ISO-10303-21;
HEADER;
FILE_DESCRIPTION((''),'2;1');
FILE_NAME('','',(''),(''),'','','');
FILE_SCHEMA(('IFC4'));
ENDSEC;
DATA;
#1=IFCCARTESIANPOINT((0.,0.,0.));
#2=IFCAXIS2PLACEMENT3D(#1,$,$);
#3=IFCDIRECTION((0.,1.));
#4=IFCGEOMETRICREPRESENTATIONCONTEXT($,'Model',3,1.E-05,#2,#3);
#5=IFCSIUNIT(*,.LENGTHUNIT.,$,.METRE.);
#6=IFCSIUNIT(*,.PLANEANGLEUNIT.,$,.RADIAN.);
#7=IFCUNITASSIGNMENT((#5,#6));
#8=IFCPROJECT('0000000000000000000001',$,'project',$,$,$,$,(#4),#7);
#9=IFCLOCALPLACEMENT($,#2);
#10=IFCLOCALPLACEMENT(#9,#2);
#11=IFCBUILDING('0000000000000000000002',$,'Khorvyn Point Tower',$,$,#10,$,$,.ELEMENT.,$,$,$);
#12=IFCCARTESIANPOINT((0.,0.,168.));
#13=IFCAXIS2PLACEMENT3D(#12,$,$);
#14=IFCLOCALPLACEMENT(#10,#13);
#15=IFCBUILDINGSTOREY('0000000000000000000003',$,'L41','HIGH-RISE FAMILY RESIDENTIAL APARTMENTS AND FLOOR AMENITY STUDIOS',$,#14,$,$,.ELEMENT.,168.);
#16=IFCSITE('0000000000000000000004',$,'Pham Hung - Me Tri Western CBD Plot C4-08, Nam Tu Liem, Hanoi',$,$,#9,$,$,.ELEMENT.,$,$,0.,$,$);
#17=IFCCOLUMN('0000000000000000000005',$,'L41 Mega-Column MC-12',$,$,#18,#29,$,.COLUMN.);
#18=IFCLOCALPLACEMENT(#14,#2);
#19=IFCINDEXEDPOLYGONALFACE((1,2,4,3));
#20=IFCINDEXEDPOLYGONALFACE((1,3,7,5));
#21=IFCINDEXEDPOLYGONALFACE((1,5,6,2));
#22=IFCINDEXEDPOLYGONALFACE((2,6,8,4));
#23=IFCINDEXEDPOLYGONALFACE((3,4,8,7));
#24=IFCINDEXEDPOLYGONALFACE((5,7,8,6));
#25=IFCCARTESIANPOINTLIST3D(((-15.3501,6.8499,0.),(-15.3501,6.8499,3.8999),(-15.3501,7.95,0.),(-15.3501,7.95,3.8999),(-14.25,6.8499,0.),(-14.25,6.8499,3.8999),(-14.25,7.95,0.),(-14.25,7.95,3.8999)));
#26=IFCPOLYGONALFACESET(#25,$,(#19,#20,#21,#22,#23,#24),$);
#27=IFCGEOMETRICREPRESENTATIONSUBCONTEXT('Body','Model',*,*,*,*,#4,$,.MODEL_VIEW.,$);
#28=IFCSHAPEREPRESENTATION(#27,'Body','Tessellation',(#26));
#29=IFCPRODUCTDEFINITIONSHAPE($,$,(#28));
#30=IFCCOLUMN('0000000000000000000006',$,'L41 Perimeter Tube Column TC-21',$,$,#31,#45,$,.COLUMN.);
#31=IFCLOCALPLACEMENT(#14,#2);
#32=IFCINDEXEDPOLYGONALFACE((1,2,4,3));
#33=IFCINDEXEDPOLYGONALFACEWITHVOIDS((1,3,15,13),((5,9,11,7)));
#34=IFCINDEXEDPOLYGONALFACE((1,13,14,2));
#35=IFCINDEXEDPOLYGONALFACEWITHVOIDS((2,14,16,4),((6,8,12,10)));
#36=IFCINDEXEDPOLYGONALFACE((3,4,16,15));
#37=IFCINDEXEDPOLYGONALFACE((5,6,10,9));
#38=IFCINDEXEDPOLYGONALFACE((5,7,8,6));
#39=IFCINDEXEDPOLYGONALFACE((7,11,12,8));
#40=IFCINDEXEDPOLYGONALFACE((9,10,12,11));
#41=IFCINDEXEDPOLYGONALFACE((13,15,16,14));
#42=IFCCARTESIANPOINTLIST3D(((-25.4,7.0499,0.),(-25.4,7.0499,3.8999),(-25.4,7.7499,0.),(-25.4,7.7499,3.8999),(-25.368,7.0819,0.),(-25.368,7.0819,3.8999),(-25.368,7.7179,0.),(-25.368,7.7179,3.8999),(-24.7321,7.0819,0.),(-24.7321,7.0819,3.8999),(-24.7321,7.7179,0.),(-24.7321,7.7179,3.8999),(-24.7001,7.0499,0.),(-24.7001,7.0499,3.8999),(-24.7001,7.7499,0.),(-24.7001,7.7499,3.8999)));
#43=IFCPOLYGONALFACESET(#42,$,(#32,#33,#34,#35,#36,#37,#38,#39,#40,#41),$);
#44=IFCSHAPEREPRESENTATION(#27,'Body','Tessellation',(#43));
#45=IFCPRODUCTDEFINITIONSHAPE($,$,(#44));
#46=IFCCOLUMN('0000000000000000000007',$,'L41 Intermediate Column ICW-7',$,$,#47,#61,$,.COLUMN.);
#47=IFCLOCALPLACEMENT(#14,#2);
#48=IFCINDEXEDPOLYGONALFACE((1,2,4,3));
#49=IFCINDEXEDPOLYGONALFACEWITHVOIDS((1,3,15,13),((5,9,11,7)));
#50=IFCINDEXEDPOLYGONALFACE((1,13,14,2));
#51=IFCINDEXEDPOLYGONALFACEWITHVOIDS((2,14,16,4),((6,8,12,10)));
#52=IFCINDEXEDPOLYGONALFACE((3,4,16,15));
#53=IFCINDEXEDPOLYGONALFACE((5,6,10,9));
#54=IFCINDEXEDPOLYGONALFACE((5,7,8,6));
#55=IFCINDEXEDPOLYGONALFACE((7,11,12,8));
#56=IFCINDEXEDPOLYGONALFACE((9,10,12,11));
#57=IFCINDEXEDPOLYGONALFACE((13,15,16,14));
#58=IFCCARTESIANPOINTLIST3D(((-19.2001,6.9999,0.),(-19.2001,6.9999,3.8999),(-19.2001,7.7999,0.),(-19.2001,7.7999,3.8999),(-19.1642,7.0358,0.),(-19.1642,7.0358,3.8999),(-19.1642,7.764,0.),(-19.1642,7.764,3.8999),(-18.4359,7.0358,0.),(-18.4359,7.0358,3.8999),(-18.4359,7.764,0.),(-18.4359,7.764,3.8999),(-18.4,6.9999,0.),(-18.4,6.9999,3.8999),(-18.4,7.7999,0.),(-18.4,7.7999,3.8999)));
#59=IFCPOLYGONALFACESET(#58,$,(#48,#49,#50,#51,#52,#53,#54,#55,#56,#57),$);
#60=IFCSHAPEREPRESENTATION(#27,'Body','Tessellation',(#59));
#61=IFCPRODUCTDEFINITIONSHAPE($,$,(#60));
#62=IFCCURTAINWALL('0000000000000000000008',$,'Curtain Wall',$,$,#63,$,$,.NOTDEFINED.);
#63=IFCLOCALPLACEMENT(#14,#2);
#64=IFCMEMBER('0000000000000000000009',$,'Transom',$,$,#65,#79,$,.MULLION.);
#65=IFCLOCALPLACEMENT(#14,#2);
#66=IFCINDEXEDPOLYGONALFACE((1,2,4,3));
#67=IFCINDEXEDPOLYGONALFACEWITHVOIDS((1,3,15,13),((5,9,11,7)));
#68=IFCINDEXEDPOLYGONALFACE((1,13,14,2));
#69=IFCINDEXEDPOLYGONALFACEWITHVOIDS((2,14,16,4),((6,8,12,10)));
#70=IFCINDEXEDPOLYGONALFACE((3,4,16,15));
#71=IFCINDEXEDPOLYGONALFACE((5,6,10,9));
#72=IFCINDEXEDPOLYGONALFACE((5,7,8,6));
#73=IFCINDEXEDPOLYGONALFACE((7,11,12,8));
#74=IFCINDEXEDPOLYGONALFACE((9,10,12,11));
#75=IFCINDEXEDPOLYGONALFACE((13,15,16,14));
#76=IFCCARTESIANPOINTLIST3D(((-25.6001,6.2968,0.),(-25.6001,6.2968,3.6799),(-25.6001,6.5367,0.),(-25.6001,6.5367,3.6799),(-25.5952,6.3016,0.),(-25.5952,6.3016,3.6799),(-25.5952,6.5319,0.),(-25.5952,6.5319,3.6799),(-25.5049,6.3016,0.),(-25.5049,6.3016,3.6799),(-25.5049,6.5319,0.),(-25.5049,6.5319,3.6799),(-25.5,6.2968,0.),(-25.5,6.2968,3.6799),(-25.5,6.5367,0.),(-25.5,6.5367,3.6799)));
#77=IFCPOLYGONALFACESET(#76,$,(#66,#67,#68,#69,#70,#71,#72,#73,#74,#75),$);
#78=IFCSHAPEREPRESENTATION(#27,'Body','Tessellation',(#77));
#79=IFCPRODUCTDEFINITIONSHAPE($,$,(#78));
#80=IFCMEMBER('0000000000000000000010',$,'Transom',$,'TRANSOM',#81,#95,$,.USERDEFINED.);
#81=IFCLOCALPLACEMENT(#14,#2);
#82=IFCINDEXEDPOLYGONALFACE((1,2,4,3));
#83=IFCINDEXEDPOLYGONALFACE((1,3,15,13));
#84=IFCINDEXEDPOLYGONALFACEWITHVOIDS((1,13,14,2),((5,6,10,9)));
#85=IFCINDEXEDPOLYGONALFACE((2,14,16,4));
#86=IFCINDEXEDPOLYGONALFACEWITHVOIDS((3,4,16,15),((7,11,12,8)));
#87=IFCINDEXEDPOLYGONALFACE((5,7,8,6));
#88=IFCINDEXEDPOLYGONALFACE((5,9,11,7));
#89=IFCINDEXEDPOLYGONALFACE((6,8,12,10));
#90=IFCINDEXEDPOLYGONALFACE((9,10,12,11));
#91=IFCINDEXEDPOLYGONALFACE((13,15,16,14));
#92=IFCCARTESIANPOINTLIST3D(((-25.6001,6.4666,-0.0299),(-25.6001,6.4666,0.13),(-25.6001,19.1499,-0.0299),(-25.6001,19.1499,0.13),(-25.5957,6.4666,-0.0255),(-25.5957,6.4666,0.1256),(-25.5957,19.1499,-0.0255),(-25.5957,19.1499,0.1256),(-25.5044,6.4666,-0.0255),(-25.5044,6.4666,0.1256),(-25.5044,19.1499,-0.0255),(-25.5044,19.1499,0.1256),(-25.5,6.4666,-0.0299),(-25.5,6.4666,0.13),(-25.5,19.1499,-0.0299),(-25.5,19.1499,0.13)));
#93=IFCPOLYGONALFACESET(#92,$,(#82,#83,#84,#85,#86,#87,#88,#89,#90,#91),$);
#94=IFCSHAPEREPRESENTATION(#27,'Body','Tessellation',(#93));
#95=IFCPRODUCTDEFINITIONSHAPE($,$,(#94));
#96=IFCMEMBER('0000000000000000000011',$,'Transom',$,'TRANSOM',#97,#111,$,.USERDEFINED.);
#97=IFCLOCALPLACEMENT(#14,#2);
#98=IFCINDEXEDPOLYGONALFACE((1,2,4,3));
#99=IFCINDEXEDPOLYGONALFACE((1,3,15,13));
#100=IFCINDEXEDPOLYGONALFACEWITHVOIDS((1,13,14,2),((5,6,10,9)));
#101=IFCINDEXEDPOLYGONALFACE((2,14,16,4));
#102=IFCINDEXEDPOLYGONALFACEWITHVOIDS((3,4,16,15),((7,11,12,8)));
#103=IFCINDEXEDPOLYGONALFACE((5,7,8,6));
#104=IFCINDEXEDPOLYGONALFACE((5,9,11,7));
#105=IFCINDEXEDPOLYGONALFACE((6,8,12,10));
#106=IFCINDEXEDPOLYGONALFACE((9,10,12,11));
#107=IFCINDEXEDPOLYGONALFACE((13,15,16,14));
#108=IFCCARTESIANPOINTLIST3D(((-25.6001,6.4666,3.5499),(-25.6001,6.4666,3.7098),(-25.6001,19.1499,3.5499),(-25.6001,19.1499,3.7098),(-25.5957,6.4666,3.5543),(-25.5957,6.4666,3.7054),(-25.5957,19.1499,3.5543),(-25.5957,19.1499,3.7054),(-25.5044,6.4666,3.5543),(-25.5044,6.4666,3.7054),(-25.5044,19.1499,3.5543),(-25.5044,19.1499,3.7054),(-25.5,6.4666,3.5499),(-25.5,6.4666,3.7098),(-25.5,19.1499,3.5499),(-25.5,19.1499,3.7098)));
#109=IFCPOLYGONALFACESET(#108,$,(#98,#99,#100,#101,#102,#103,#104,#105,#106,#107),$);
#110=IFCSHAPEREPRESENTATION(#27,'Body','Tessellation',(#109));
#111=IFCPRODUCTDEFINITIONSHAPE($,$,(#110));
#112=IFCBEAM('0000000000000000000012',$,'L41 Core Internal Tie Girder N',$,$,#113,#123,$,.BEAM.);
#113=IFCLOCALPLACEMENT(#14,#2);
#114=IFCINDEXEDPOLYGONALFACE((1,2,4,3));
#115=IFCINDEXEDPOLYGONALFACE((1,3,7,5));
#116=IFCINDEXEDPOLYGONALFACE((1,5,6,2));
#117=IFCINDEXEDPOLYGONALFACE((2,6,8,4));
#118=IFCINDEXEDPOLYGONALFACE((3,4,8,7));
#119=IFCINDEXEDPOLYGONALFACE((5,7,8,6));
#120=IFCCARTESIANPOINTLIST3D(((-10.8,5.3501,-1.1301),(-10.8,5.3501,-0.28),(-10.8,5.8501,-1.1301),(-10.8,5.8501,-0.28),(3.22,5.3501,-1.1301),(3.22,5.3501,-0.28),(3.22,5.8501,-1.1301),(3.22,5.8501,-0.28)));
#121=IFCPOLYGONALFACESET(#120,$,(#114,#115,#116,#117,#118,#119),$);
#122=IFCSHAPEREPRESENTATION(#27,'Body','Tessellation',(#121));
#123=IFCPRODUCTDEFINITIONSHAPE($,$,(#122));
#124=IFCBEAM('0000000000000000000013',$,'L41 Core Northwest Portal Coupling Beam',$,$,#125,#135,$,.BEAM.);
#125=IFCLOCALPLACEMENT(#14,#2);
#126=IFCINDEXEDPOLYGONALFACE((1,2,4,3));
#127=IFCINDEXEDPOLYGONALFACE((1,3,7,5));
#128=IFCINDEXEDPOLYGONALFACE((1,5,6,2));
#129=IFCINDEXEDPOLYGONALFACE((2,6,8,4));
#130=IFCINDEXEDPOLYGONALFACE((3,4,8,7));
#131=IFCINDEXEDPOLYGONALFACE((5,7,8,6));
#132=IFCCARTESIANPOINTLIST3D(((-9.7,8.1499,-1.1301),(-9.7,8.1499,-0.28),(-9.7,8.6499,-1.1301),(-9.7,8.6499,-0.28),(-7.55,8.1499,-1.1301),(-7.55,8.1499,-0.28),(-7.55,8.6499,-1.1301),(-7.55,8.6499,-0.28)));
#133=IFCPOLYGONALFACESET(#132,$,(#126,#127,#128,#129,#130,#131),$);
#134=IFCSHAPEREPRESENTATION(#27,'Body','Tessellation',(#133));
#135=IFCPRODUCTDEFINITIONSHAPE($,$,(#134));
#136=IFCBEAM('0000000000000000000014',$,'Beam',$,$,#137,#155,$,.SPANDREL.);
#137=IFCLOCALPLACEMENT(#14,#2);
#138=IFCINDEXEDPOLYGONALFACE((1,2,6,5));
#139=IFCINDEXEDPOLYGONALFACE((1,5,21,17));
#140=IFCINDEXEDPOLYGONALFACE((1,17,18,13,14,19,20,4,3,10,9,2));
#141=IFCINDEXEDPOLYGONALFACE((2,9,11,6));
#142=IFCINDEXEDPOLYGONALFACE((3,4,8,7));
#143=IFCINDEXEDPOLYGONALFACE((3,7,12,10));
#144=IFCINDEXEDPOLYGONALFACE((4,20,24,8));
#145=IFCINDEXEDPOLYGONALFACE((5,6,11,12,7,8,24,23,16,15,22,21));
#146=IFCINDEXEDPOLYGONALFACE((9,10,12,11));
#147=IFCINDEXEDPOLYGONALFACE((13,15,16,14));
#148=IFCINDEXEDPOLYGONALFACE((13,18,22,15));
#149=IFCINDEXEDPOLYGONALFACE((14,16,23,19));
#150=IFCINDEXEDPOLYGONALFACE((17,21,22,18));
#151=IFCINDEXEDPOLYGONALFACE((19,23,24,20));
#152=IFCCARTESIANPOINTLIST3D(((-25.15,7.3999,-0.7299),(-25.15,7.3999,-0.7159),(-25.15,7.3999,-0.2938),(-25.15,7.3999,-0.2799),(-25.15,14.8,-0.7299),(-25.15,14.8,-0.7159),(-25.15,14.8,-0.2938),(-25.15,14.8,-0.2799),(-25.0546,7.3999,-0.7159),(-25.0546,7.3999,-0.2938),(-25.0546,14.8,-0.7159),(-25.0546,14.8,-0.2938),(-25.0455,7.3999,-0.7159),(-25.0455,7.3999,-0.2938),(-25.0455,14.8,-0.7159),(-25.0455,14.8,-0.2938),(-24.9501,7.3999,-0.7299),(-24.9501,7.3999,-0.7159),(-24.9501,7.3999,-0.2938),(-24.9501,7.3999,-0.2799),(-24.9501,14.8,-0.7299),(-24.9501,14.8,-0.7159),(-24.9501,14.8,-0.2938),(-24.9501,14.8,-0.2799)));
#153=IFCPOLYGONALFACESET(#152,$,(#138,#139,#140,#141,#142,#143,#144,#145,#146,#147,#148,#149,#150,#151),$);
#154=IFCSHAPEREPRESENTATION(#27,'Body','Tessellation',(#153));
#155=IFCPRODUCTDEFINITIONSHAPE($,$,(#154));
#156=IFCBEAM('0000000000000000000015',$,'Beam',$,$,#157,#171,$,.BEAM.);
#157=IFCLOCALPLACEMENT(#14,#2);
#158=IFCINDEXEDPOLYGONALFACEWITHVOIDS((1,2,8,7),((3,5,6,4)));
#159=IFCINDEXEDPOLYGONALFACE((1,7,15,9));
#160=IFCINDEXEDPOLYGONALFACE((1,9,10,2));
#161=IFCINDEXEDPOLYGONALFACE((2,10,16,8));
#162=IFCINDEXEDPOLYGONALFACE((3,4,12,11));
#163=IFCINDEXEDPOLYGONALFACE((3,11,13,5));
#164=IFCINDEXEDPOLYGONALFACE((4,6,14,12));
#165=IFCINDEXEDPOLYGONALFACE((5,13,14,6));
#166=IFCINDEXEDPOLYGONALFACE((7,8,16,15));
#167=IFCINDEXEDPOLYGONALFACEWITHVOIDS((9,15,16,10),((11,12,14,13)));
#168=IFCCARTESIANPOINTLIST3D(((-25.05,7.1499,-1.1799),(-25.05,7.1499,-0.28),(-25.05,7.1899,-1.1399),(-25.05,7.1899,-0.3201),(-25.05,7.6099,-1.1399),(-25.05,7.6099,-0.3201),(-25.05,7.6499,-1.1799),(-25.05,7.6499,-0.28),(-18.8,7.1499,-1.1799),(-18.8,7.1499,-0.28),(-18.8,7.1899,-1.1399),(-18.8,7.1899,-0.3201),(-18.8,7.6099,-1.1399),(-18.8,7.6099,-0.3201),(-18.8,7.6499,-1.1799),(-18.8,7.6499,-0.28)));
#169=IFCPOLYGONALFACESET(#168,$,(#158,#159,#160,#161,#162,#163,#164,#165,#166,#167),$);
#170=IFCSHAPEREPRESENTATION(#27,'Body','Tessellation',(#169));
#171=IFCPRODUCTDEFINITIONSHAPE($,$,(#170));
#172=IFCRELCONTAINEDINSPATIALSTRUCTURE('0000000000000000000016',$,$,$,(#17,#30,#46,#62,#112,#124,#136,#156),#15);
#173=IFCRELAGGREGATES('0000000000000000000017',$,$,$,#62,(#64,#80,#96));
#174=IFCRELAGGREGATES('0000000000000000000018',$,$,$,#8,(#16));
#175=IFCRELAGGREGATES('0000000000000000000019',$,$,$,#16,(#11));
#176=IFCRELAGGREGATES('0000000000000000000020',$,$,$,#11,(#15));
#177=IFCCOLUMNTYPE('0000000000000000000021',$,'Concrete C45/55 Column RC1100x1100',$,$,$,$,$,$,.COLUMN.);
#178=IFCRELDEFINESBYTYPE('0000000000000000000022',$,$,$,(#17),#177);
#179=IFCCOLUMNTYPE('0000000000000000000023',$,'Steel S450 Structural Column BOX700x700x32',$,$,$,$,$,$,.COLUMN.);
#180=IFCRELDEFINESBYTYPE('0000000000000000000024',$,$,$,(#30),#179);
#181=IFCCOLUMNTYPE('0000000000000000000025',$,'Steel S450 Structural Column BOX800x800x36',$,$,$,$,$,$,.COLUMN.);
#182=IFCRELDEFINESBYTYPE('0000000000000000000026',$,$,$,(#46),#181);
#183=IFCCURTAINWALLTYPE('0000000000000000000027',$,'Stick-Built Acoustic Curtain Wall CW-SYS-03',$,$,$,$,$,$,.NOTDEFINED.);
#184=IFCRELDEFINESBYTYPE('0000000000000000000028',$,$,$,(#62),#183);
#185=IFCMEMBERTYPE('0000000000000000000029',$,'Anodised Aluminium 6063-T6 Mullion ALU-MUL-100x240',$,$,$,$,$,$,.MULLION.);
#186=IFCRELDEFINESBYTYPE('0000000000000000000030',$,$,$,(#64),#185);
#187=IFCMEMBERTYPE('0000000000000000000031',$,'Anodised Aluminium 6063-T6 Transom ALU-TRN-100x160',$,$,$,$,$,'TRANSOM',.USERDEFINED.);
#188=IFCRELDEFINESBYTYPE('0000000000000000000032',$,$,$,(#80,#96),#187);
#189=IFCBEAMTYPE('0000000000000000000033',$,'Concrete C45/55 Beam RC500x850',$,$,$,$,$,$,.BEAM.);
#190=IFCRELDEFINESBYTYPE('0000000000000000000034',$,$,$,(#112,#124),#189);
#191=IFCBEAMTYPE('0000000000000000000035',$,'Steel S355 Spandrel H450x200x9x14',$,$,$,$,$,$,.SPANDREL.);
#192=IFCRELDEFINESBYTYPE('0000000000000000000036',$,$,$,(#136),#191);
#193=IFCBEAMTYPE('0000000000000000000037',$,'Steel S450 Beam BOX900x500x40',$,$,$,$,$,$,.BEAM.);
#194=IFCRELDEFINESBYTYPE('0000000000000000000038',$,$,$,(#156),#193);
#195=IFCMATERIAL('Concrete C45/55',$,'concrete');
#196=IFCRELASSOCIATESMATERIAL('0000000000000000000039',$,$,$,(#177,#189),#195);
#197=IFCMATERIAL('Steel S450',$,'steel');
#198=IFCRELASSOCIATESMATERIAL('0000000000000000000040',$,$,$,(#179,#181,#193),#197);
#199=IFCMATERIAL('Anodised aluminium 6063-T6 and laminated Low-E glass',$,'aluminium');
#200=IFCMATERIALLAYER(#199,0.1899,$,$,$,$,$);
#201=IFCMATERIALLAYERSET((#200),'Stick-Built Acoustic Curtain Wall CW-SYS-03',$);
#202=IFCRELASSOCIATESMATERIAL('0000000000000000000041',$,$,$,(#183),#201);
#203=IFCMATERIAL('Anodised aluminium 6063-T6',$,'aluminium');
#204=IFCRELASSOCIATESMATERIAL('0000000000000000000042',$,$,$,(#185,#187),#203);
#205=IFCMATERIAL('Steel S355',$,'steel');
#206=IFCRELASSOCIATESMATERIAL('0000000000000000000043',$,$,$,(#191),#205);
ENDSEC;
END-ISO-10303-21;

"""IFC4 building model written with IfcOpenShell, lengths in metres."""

from ifc_helpers import new_model, si_unit, direction, frame, origin, origin_2d, place, context, subcontext, project, spatial, rectangle, hollow_rectangle, i_section, extrude, material, layer, layer_set, material_profile, profile_set, type_object, element, aggregate, save


model = new_model("IFC4")

# Units and contexts
model_context = context("Model", 3, precision=1e-05, world=origin(), true_north=direction((0.0, 1.0)))
body_context = subcontext(model_context, "Body", "Model", "MODEL_VIEW")
ifc_project = project(units=[si_unit("LENGTHUNIT", "METRE"), si_unit("PLANEANGLEUNIT", "RADIAN")], contexts=[model_context])

# Site, building, storey
site_placement = place(None, origin())
site = spatial("IfcSite", under=ifc_project, at=site_placement, Name="Pham Hung - Me Tri Western CBD Plot C4-08, Nam Tu Liem, Hanoi", CompositionType="ELEMENT", RefElevation=0.0)
building_placement = place(site_placement, origin())
building = spatial("IfcBuilding", under=site, at=building_placement, Name="Khorvyn Point Tower", CompositionType="ELEMENT")
storey_placement = place(building_placement, frame((0.0, 0.0, 168.0)))
storey = spatial("IfcBuildingStorey", under=building, at=storey_placement, Name="L41", Description="HIGH-RISE FAMILY RESIDENTIAL APARTMENTS AND FLOOR AMENITY STUDIOS", CompositionType="ELEMENT", Elevation=168.0)

# Columns
ifc_material_1 = material(Name="Concrete C45/55", Category="concrete")
ifc_material_profile_1 = material_profile(ifc_material_1, rectangle(XDim=1.1001, YDim=1.1001, at=origin_2d()))
ifc_profile_set_1 = profile_set([ifc_material_profile_1], Name="Concrete C45/55 RC1100x1100")
column_type_1 = type_object("IfcColumnType", Name="Concrete C45/55 Column RC1100x1100", PredefinedType="COLUMN", material=ifc_profile_set_1)
column_1_placement = place(storey_placement, frame((-14.8, 7.3999, 0.0), z_axis=(0.0, 0.0, 1.0), x_axis=(1.0, 0.0, 0.0)))
element("IfcColumn", 1, at=column_1_placement, inside=storey, type_object=column_type_1, Name="L41 Mega-Column MC-12", PredefinedType="COLUMN", context=body_context, shape_type="SweptSolid", body=[
    extrude(rectangle(XDim=1.1001, YDim=1.1001, at=origin_2d()), origin(), (0.0, 0.0, 1.0), 3.8999),
])
ifc_material_2 = material(Name="Steel S450", Category="steel")
ifc_material_profile_2 = material_profile(ifc_material_2, hollow_rectangle(XDim=0.7, YDim=0.7, WallThickness=0.032, at=origin_2d()))
ifc_profile_set_2 = profile_set([ifc_material_profile_2], Name="Steel S450 BOX700x700x32")
column_type_2 = type_object("IfcColumnType", Name="Steel S450 Structural Column BOX700x700x32", PredefinedType="COLUMN", material=ifc_profile_set_2)
column_2_placement = place(storey_placement, frame((-25.05, 7.3999, 0.0), z_axis=(0.0, 0.0, 1.0), x_axis=(1.0, 0.0, 0.0)))
element("IfcColumn", 2, at=column_2_placement, inside=storey, type_object=column_type_2, Name="L41 Perimeter Tube Column TC-21", PredefinedType="COLUMN", context=body_context, shape_type="SweptSolid", body=[
    extrude(hollow_rectangle(XDim=0.7, YDim=0.7, WallThickness=0.032, at=origin_2d()), origin(), (0.0, 0.0, 1.0), 3.8999),
])
ifc_material_profile_3 = material_profile(ifc_material_2, hollow_rectangle(XDim=0.8, YDim=0.8, WallThickness=0.0359, at=origin_2d()))
ifc_profile_set_3 = profile_set([ifc_material_profile_3], Name="Steel S450 BOX800x800x36")
column_type_3 = type_object("IfcColumnType", Name="Steel S450 Structural Column BOX800x800x36", PredefinedType="COLUMN", material=ifc_profile_set_3)
column_3_placement = place(storey_placement, frame((-18.8, 7.3999, 0.0), z_axis=(0.0, 0.0, 1.0), x_axis=(1.0, 0.0, 0.0)))
element("IfcColumn", 3, at=column_3_placement, inside=storey, type_object=column_type_3, Name="L41 Intermediate Column ICW-7", PredefinedType="COLUMN", context=body_context, shape_type="SweptSolid", body=[
    extrude(hollow_rectangle(XDim=0.8, YDim=0.8, WallThickness=0.0359, at=origin_2d()), origin(), (0.0, 0.0, 1.0), 3.8999),
])

# Curtain wall, members
ifc_material_3 = material(Name="Anodised aluminium 6063-T6 and laminated Low-E glass", Category="aluminium")
ifc_layer_1 = layer(ifc_material_3, 0.1899)
ifc_layer_set_1 = layer_set([ifc_layer_1], Name="Stick-Built Acoustic Curtain Wall CW-SYS-03")
curtain_wall_type = type_object("IfcCurtainWallType", Name="Stick-Built Acoustic Curtain Wall CW-SYS-03", PredefinedType="NOTDEFINED", material=ifc_layer_set_1)
curtain_wall_placement = place(storey_placement, origin())
curtain_wall = element("IfcCurtainWall", 4, at=curtain_wall_placement, inside=storey, type_object=curtain_wall_type, Name="Curtain Wall", PredefinedType="NOTDEFINED")
ifc_material_4 = material(Name="Anodised aluminium 6063-T6", Category="aluminium")
ifc_material_profile_4 = material_profile(ifc_material_4, hollow_rectangle(XDim=0.1001, YDim=0.24, WallThickness=0.0049, at=origin_2d()))
ifc_profile_set_4 = profile_set([ifc_material_profile_4], Name="Anodised aluminium 6063-T6 ALU-MUL-100x240")
member_type_1 = type_object("IfcMemberType", Name="Anodised Aluminium 6063-T6 Mullion ALU-MUL-100x240", PredefinedType="MULLION", material=ifc_profile_set_4)
member_1_placement = place(storey_placement, frame((-25.55, 6.4167, 0.0), z_axis=(0.0, 0.0, 1.0), x_axis=(-1.0, 0.0, 0.0)))
member_1 = element("IfcMember", 5, at=member_1_placement, type_object=member_type_1, Name="Transom", PredefinedType="MULLION", context=body_context, shape_type="SweptSolid", body=[
    extrude(hollow_rectangle(XDim=0.1001, YDim=0.24, WallThickness=0.0049, at=origin_2d()), origin(), (0.0, 0.0, 1.0), 3.6799),
])
ifc_material_profile_5 = material_profile(ifc_material_4, hollow_rectangle(XDim=0.1001, YDim=0.1599, WallThickness=0.0044, at=origin_2d()))
ifc_profile_set_5 = profile_set([ifc_material_profile_5], Name="Anodised aluminium 6063-T6 ALU-TRN-100x160")
member_type_2 = type_object("IfcMemberType", Name="Anodised Aluminium 6063-T6 Transom ALU-TRN-100x160", ElementType="TRANSOM", PredefinedType="USERDEFINED", material=ifc_profile_set_5)
member_2_placement = place(storey_placement, frame((-25.55, 6.4666, 0.05), z_axis=(0.0, 1.0, 0.0), x_axis=(-1.0, 0.0, 0.0)))
member_2 = element("IfcMember", 6, at=member_2_placement, type_object=member_type_2, Name="Transom", ObjectType="TRANSOM", PredefinedType="USERDEFINED", context=body_context, shape_type="SweptSolid", body=[
    extrude(hollow_rectangle(XDim=0.1001, YDim=0.1599, WallThickness=0.0044, at=origin_2d()), origin(), (0.0, 0.0, 1.0), 12.6833),
])
member_3_placement = place(storey_placement, frame((-25.55, 6.4666, 3.6299), z_axis=(0.0, 1.0, 0.0), x_axis=(-1.0, 0.0, 0.0)))
member_3 = element("IfcMember", 7, at=member_3_placement, type_object=member_type_2, Name="Transom", ObjectType="TRANSOM", PredefinedType="USERDEFINED", context=body_context, shape_type="SweptSolid", body=[
    extrude(hollow_rectangle(XDim=0.1001, YDim=0.1599, WallThickness=0.0044, at=origin_2d()), origin(), (0.0, 0.0, 1.0), 12.6833),
])

# Beams
ifc_material_profile_6 = material_profile(ifc_material_1, rectangle(XDim=0.5, YDim=0.8501, at=origin_2d()))
ifc_profile_set_6 = profile_set([ifc_material_profile_6], Name="Concrete C45/55 RC500x850")
beam_type_1 = type_object("IfcBeamType", Name="Concrete C45/55 Beam RC500x850", PredefinedType="BEAM", material=ifc_profile_set_6)
beam_1_placement = place(storey_placement, frame((-10.8, 5.6001, -0.7051), z_axis=(1.0, 0.0, 0.0), x_axis=(0.0, 1.0, 0.0)))
element("IfcBeam", 8, at=beam_1_placement, inside=storey, type_object=beam_type_1, Name="L41 Core Internal Tie Girder N", PredefinedType="BEAM", context=body_context, shape_type="SweptSolid", body=[
    extrude(rectangle(XDim=0.5, YDim=0.8501, at=origin_2d()), origin(), (0.0, 0.0, 1.0), 14.02),
])
beam_2_placement = place(storey_placement, frame((-9.7, 8.3999, -0.7051), z_axis=(1.0, 0.0, 0.0), x_axis=(0.0, 1.0, 0.0)))
element("IfcBeam", 9, at=beam_2_placement, inside=storey, type_object=beam_type_1, Name="L41 Core Northwest Portal Coupling Beam", PredefinedType="BEAM", context=body_context, shape_type="SweptSolid", body=[
    extrude(rectangle(XDim=0.5, YDim=0.8501, at=origin_2d()), origin(), (0.0, 0.0, 1.0), 2.1499),
])
ifc_material_5 = material(Name="Steel S355", Category="steel")
ifc_material_profile_7 = material_profile(ifc_material_5, i_section(OverallWidth=0.2, OverallDepth=0.45, WebThickness=0.009, FlangeThickness=0.0139, at=origin_2d()))
ifc_profile_set_7 = profile_set([ifc_material_profile_7], Name="Steel S355 H450x200x9x14")
beam_type_2 = type_object("IfcBeamType", Name="Steel S355 Spandrel H450x200x9x14", PredefinedType="SPANDREL", material=ifc_profile_set_7)
beam_3_placement = place(storey_placement, frame((-25.05, 7.3999, -0.5049), z_axis=(0.0, 1.0, 0.0), x_axis=(-1.0, 0.0, 0.0)))
element("IfcBeam", 10, at=beam_3_placement, inside=storey, type_object=beam_type_2, Name="Beam", PredefinedType="SPANDREL", context=body_context, shape_type="SweptSolid", body=[
    extrude(i_section(OverallWidth=0.2, OverallDepth=0.45, WebThickness=0.009, FlangeThickness=0.0139, at=origin_2d()), origin(), (0.0, 0.0, 1.0), 7.4001),
])
ifc_material_profile_8 = material_profile(ifc_material_2, hollow_rectangle(XDim=0.5, YDim=0.8999, WallThickness=0.04, at=origin_2d()))
ifc_profile_set_8 = profile_set([ifc_material_profile_8], Name="Steel S450 BOX900x500x40")
beam_type_3 = type_object("IfcBeamType", Name="Steel S450 Beam BOX900x500x40", PredefinedType="BEAM", material=ifc_profile_set_8)
beam_4_placement = place(storey_placement, frame((-25.05, 7.3999, -0.73), z_axis=(1.0, 0.0, 0.0), x_axis=(0.0, 1.0, 0.0)))
element("IfcBeam", 11, at=beam_4_placement, inside=storey, type_object=beam_type_3, Name="Beam", PredefinedType="BEAM", context=body_context, shape_type="SweptSolid", body=[
    extrude(hollow_rectangle(XDim=0.5, YDim=0.8999, WallThickness=0.04, at=origin_2d()), origin(), (0.0, 0.0, 1.0), 6.25),
])

aggregate(curtain_wall, [member_1, member_2, member_3])

save(model, "model.ifc")
